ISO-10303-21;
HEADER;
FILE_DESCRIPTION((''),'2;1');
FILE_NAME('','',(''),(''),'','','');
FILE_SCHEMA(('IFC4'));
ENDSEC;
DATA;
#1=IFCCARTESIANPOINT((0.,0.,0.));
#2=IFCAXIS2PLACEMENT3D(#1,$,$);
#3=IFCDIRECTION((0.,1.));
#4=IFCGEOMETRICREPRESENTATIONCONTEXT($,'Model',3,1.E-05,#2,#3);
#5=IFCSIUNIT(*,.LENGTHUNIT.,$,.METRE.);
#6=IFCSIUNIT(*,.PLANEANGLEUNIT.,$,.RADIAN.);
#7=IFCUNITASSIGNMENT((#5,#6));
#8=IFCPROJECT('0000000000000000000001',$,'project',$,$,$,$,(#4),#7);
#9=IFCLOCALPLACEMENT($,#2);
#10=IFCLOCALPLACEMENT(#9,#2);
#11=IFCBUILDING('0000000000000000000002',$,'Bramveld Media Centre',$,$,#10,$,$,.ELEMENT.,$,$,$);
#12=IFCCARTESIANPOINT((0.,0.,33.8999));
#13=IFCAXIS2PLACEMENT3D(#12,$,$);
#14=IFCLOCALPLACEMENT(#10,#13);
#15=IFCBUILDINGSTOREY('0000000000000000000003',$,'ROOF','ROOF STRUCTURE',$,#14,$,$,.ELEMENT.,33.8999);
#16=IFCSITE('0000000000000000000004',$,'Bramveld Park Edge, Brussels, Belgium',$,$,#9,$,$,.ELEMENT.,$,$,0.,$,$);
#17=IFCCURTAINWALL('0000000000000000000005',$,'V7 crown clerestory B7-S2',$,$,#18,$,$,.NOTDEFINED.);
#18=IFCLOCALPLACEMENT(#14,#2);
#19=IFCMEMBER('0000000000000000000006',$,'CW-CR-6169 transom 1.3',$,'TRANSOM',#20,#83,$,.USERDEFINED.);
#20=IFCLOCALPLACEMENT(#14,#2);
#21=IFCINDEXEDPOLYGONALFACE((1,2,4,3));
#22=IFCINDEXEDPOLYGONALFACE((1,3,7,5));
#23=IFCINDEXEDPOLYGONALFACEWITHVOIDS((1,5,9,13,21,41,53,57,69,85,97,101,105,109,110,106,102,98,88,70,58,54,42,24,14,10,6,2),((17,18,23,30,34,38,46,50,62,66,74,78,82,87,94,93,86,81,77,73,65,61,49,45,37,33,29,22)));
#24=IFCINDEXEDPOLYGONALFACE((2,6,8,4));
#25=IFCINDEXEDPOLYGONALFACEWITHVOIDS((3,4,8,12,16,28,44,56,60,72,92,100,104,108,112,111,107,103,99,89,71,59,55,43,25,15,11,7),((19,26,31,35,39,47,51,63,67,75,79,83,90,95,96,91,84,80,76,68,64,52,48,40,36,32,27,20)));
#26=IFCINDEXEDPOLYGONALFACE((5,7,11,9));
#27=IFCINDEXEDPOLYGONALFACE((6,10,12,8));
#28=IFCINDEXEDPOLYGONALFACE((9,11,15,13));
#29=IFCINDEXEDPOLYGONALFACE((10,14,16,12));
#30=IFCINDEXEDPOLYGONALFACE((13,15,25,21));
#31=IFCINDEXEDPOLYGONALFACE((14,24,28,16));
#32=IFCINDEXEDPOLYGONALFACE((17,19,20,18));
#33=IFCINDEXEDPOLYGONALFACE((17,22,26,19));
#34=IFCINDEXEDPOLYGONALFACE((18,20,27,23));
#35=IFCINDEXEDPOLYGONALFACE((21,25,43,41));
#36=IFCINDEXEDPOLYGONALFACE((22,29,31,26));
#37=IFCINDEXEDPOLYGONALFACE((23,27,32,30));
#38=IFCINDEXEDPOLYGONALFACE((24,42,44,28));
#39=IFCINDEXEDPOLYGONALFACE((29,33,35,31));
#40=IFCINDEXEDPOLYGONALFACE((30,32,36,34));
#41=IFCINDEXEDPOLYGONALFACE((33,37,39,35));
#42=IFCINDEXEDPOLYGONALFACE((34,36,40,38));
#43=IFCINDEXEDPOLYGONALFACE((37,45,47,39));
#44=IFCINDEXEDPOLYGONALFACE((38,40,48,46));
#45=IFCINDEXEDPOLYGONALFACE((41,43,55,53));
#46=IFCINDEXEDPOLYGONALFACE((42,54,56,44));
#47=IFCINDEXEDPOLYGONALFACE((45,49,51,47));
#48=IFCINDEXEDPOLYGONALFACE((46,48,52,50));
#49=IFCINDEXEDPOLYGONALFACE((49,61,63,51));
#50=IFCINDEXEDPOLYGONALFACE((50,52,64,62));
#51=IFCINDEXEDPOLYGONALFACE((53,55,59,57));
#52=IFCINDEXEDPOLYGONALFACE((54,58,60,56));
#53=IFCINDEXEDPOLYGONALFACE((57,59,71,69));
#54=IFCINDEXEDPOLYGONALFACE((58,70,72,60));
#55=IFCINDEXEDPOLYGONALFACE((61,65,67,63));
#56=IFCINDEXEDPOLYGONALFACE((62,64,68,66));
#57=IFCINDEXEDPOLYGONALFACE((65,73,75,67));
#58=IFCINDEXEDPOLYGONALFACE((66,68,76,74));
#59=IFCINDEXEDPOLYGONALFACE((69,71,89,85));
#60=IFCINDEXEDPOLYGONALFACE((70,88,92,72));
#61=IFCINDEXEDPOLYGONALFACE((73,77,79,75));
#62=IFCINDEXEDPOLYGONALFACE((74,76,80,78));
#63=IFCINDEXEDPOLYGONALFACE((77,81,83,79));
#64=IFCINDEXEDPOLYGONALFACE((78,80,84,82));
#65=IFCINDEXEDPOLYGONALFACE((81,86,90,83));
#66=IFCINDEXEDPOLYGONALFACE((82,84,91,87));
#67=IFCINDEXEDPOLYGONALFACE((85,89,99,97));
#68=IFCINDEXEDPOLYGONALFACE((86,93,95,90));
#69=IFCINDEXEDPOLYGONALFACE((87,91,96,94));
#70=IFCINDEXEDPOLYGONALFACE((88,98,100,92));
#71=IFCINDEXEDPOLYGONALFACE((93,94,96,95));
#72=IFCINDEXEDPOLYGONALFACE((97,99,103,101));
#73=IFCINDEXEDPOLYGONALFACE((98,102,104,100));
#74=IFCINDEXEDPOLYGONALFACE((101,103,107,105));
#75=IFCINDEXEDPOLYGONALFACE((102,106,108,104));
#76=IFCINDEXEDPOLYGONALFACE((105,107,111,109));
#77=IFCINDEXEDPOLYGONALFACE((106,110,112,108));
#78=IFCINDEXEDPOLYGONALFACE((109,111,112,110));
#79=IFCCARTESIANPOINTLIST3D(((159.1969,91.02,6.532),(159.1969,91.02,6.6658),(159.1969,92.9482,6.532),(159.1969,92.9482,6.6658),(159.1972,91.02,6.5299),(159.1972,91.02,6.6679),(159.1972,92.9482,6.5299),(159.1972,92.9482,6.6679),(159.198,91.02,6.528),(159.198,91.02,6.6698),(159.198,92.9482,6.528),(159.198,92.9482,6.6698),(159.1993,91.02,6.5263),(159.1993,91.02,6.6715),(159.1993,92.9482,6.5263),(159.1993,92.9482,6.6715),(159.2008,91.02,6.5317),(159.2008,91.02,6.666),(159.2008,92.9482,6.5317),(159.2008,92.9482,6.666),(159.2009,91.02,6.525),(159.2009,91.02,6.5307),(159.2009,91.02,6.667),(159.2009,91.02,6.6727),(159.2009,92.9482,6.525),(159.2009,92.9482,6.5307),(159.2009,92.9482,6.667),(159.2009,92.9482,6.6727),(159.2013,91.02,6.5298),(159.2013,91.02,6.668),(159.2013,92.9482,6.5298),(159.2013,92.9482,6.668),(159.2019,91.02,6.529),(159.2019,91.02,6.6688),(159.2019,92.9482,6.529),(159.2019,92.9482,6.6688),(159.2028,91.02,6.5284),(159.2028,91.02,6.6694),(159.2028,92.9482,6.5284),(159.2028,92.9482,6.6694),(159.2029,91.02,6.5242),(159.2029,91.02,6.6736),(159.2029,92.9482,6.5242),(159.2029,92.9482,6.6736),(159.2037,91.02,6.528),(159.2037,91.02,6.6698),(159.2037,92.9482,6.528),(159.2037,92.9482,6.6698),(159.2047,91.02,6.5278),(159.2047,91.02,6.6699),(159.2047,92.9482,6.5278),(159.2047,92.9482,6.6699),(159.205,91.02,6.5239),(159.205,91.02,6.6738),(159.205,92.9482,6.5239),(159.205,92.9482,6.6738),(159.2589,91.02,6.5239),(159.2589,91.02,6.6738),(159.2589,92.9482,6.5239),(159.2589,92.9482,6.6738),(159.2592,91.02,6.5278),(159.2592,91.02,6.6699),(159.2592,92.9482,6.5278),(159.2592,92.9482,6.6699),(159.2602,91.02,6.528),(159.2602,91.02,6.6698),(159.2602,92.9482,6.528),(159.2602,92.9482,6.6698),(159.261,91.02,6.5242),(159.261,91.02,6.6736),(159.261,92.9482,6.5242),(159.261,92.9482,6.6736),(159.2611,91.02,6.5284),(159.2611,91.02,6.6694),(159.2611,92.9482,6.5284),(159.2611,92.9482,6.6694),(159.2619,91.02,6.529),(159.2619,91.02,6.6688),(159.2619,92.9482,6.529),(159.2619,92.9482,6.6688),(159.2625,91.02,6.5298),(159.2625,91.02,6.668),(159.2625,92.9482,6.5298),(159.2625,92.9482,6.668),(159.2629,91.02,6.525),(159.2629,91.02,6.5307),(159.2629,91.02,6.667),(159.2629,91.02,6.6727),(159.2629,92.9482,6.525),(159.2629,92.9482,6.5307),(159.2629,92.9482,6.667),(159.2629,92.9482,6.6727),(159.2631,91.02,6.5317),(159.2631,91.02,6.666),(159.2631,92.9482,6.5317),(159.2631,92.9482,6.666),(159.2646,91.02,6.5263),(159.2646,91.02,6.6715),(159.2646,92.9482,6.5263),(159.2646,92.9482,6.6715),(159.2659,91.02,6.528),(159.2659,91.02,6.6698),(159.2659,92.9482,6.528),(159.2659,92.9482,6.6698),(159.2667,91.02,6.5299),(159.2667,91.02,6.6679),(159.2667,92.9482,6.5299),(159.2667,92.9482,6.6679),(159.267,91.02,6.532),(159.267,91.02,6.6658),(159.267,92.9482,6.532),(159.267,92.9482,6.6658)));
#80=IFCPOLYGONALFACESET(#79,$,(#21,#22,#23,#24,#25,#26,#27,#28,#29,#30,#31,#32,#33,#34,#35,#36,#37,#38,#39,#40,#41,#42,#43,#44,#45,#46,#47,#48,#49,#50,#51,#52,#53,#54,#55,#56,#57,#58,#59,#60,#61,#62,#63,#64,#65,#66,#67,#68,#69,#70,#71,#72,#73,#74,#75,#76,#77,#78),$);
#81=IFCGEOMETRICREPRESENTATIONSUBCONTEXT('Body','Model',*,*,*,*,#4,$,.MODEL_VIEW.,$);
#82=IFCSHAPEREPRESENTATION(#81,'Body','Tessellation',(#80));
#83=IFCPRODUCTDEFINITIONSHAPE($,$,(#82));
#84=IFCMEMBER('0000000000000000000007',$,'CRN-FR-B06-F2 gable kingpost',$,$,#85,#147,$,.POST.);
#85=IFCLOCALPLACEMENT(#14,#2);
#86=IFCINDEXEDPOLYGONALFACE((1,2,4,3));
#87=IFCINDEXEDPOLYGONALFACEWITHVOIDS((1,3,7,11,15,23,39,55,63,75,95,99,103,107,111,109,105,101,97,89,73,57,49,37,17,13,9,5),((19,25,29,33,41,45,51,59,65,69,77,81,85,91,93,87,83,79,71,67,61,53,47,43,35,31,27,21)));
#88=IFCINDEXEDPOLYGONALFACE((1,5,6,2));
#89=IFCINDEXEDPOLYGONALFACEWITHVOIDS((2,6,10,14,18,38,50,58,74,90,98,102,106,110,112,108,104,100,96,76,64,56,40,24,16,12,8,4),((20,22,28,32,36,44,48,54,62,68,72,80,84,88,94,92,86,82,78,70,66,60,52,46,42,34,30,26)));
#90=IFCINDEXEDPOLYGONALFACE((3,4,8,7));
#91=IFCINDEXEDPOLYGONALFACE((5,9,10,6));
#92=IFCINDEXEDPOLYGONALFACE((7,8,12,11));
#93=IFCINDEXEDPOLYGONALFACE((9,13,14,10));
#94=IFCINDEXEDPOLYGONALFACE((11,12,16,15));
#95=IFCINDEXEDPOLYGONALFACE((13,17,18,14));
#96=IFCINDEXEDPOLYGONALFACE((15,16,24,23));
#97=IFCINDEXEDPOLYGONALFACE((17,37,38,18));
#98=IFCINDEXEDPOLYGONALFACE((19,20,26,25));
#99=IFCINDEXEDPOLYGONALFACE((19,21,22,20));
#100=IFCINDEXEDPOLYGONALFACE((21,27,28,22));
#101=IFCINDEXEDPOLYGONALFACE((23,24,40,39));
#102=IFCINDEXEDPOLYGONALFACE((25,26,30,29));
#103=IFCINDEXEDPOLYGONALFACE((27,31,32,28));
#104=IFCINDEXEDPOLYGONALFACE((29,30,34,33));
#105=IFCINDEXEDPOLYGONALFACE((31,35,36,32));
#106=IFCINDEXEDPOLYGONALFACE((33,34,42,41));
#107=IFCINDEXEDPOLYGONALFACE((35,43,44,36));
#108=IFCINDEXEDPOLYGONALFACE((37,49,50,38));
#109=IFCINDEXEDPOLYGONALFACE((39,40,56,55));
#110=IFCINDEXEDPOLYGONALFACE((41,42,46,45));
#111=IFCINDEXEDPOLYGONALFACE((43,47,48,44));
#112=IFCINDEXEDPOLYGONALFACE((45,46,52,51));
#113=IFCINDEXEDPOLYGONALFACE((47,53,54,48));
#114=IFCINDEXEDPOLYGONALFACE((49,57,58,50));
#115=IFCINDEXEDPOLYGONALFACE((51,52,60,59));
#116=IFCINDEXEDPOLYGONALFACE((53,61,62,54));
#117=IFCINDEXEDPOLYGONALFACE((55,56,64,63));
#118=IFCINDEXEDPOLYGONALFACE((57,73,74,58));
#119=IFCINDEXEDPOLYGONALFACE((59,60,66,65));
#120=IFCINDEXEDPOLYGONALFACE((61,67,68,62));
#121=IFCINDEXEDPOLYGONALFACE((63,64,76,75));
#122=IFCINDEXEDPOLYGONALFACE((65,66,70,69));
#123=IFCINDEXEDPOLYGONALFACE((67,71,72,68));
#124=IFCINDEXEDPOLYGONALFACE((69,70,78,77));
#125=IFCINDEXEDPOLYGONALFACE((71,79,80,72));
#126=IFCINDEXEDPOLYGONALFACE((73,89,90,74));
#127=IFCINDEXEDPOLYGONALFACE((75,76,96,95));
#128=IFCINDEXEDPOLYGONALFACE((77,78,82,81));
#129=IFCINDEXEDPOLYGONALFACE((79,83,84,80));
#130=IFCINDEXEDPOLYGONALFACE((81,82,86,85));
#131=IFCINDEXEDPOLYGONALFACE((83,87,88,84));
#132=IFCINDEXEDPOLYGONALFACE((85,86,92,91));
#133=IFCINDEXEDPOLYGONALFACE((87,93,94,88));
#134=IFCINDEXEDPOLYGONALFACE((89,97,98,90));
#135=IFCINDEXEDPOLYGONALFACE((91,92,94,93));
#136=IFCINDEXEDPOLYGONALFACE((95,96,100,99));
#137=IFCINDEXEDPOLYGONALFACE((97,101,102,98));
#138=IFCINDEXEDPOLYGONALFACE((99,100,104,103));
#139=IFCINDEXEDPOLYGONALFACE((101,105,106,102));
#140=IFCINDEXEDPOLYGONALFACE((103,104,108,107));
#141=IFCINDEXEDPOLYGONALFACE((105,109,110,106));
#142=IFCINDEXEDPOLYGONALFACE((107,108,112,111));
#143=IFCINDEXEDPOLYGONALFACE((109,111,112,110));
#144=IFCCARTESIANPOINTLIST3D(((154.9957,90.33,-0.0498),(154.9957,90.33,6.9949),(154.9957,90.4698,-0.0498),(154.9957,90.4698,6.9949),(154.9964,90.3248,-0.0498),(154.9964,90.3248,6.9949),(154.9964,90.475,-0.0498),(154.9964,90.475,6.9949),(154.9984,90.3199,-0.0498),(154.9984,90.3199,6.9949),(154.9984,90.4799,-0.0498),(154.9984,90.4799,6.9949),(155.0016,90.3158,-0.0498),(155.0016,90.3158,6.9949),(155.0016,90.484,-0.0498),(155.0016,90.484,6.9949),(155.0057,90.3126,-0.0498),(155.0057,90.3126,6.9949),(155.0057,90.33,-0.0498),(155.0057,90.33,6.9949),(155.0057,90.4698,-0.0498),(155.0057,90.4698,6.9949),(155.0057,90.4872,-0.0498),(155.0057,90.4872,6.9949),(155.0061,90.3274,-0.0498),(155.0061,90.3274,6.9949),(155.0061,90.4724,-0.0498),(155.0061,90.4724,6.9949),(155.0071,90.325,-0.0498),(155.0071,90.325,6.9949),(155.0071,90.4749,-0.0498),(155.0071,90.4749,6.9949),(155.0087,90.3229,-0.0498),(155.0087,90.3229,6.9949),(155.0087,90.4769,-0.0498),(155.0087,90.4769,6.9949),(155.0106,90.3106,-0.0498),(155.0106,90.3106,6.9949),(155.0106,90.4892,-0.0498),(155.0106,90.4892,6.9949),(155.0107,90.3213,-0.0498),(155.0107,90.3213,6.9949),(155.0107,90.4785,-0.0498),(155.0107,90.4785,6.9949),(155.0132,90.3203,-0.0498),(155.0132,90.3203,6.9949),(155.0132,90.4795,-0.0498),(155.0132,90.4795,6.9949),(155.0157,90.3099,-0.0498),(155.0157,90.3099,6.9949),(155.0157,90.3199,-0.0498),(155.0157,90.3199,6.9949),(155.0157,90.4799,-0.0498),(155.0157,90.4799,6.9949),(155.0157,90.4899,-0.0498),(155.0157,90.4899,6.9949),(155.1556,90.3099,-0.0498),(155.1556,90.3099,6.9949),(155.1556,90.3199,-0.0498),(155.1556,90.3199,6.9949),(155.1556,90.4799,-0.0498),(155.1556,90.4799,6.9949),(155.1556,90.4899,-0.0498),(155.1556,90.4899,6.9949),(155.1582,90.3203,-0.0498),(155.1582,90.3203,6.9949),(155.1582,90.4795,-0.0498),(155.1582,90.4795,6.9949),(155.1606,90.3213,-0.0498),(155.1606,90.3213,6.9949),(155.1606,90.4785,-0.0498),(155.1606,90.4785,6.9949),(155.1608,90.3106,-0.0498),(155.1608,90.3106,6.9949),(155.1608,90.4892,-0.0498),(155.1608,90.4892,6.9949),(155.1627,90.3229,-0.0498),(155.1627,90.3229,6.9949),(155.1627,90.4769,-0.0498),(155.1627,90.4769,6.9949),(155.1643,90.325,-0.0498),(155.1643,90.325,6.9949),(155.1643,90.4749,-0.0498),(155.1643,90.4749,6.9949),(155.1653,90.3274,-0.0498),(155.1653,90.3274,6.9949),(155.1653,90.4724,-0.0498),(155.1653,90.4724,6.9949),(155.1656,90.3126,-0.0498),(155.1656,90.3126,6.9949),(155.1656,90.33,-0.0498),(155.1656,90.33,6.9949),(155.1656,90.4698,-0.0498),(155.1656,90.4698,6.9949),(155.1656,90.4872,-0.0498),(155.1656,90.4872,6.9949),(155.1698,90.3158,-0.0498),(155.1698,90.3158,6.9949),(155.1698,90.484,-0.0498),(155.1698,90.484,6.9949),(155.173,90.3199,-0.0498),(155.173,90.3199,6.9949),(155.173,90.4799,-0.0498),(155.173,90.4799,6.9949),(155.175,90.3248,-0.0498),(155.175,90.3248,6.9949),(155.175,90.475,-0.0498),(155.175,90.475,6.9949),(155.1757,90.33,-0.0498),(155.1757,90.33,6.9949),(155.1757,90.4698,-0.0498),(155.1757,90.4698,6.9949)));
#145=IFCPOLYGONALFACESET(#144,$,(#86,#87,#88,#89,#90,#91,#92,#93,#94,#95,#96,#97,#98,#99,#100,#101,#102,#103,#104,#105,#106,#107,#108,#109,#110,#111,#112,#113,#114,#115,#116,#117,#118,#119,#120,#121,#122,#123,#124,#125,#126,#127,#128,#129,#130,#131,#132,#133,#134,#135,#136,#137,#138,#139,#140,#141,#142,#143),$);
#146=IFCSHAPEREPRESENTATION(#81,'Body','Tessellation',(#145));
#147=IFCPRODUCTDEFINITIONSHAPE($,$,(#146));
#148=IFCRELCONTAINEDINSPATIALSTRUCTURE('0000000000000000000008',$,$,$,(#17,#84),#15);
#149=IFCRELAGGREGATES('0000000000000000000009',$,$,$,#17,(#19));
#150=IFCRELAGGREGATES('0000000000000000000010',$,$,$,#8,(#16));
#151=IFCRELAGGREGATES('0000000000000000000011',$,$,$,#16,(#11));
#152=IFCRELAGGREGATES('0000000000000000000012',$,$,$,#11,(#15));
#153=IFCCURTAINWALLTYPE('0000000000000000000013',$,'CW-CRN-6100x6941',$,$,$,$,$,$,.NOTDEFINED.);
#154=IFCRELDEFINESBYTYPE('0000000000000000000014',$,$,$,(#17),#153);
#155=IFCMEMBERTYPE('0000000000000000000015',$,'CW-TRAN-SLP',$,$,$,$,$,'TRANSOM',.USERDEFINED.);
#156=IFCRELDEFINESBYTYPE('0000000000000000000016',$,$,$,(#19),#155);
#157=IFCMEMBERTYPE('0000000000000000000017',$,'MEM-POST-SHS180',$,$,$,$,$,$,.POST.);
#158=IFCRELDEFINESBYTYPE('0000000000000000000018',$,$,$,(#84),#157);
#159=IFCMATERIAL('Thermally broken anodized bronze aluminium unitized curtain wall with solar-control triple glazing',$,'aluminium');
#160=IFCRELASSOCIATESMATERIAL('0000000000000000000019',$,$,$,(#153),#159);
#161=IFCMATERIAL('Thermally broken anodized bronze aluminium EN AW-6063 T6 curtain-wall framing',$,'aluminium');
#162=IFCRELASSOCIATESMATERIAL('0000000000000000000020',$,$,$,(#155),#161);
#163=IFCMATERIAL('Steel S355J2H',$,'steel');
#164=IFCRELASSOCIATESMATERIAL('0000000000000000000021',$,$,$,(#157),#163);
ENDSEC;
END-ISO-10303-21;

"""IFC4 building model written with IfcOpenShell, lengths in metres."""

from ifc_helpers import new_model, si_unit, direction, frame, origin, origin_2d, place, context, subcontext, project, spatial, hollow_rectangle, extrude, material, material_profile, profile_set, type_object, element, aggregate, save


model = new_model("IFC4")

# Units and contexts
model_context = context("Model", 3, precision=1e-05, world=origin(), true_north=direction((0.0, 1.0)))
body_context = subcontext(model_context, "Body", "Model", "MODEL_VIEW")
ifc_project = project(units=[si_unit("LENGTHUNIT", "METRE"), si_unit("PLANEANGLEUNIT", "RADIAN")], contexts=[model_context])

# Site, building, storey
site_placement = place(None, origin())
site = spatial("IfcSite", under=ifc_project, at=site_placement, Name="Bramveld Park Edge, Brussels, Belgium", CompositionType="ELEMENT", RefElevation=0.0)
building_placement = place(site_placement, origin())
building = spatial("IfcBuilding", under=site, at=building_placement, Name="Bramveld Media Centre", CompositionType="ELEMENT")
storey_placement = place(building_placement, frame((0.0, 0.0, 33.8999)))
storey = spatial("IfcBuildingStorey", under=building, at=storey_placement, Name="ROOF", Description="ROOF STRUCTURE", CompositionType="ELEMENT", Elevation=33.8999)

# Curtain wall
ifc_material_1 = material(Name="Thermally broken anodized bronze aluminium unitized curtain wall with solar-control triple glazing", Category="aluminium")
curtain_wall_type = type_object("IfcCurtainWallType", Name="CW-CRN-6100x6941", PredefinedType="NOTDEFINED", material=ifc_material_1)
curtain_wall_1_placement = place(storey_placement, origin())
curtain_wall_1 = element("IfcCurtainWall", 1, at=curtain_wall_1_placement, inside=storey, type_object=curtain_wall_type, Name="V7 crown clerestory B7-S2", PredefinedType="NOTDEFINED")

# Member
ifc_material_2 = material(Name="Thermally broken anodized bronze aluminium EN AW-6063 T6 curtain-wall framing", Category="aluminium")
ifc_material_profile_1 = material_profile(ifc_material_2, hollow_rectangle(XDim=0.0701, YDim=0.1499, WallThickness=0.0039, InnerFilletRadius=0.0039, OuterFilletRadius=0.0081, at=origin_2d()), Name="AL-TRAN 70x150")
ifc_profile_set_1 = profile_set([ifc_material_profile_1], Name="Thermally broken anodized bronze aluminium EN AW-6063 T6 curtain-wall framing")
member_type_1 = type_object("IfcMemberType", Name="CW-TRAN-SLP", ElementType="TRANSOM", PredefinedType="USERDEFINED", material=ifc_profile_set_1)
member_1_placement = place(storey_placement, frame((159.2319, 91.02, 6.5989), z_axis=(0.0, 1.0, 0.0), x_axis=(-1.0, 0.0, 0.0)))
member_1 = element("IfcMember", 2, at=member_1_placement, type_object=member_type_1, Name="CW-CR-6169 transom 1.3", ObjectType="TRANSOM", PredefinedType="USERDEFINED", context=body_context, shape_type="SweptSolid", body=[
    extrude(hollow_rectangle(XDim=0.0701, YDim=0.1499, WallThickness=0.0039, InnerFilletRadius=0.0039, OuterFilletRadius=0.0081, at=origin_2d()), origin(), (0.0, 0.0, 1.0), 1.9282),
])

# Member
ifc_material_3 = material(Name="Steel S355J2H", Category="steel")
ifc_material_profile_2 = material_profile(ifc_material_3, hollow_rectangle(XDim=0.1799, YDim=0.1799, WallThickness=0.01, InnerFilletRadius=0.01, OuterFilletRadius=0.02, at=origin_2d()), Name="SHS 180x180x10")
ifc_profile_set_2 = profile_set([ifc_material_profile_2], Name="Steel S355J2H")
member_type_2 = type_object("IfcMemberType", Name="MEM-POST-SHS180", PredefinedType="POST", material=ifc_profile_set_2)
member_2_placement = place(storey_placement, frame((155.0857, 90.3999, -0.0498), z_axis=(0.0, 0.0, 1.0), x_axis=(1.0, 0.0, 0.0)))
element("IfcMember", 3, at=member_2_placement, inside=storey, type_object=member_type_2, Name="CRN-FR-B06-F2 gable kingpost", PredefinedType="POST", context=body_context, shape_type="SweptSolid", body=[
    extrude(hollow_rectangle(XDim=0.1799, YDim=0.1799, WallThickness=0.01, InnerFilletRadius=0.01, OuterFilletRadius=0.02, at=origin_2d()), origin(), (0.0, 0.0, 1.0), 7.0447),
])

aggregate(curtain_wall_1, [member_1])

save(model, "model.ifc")
